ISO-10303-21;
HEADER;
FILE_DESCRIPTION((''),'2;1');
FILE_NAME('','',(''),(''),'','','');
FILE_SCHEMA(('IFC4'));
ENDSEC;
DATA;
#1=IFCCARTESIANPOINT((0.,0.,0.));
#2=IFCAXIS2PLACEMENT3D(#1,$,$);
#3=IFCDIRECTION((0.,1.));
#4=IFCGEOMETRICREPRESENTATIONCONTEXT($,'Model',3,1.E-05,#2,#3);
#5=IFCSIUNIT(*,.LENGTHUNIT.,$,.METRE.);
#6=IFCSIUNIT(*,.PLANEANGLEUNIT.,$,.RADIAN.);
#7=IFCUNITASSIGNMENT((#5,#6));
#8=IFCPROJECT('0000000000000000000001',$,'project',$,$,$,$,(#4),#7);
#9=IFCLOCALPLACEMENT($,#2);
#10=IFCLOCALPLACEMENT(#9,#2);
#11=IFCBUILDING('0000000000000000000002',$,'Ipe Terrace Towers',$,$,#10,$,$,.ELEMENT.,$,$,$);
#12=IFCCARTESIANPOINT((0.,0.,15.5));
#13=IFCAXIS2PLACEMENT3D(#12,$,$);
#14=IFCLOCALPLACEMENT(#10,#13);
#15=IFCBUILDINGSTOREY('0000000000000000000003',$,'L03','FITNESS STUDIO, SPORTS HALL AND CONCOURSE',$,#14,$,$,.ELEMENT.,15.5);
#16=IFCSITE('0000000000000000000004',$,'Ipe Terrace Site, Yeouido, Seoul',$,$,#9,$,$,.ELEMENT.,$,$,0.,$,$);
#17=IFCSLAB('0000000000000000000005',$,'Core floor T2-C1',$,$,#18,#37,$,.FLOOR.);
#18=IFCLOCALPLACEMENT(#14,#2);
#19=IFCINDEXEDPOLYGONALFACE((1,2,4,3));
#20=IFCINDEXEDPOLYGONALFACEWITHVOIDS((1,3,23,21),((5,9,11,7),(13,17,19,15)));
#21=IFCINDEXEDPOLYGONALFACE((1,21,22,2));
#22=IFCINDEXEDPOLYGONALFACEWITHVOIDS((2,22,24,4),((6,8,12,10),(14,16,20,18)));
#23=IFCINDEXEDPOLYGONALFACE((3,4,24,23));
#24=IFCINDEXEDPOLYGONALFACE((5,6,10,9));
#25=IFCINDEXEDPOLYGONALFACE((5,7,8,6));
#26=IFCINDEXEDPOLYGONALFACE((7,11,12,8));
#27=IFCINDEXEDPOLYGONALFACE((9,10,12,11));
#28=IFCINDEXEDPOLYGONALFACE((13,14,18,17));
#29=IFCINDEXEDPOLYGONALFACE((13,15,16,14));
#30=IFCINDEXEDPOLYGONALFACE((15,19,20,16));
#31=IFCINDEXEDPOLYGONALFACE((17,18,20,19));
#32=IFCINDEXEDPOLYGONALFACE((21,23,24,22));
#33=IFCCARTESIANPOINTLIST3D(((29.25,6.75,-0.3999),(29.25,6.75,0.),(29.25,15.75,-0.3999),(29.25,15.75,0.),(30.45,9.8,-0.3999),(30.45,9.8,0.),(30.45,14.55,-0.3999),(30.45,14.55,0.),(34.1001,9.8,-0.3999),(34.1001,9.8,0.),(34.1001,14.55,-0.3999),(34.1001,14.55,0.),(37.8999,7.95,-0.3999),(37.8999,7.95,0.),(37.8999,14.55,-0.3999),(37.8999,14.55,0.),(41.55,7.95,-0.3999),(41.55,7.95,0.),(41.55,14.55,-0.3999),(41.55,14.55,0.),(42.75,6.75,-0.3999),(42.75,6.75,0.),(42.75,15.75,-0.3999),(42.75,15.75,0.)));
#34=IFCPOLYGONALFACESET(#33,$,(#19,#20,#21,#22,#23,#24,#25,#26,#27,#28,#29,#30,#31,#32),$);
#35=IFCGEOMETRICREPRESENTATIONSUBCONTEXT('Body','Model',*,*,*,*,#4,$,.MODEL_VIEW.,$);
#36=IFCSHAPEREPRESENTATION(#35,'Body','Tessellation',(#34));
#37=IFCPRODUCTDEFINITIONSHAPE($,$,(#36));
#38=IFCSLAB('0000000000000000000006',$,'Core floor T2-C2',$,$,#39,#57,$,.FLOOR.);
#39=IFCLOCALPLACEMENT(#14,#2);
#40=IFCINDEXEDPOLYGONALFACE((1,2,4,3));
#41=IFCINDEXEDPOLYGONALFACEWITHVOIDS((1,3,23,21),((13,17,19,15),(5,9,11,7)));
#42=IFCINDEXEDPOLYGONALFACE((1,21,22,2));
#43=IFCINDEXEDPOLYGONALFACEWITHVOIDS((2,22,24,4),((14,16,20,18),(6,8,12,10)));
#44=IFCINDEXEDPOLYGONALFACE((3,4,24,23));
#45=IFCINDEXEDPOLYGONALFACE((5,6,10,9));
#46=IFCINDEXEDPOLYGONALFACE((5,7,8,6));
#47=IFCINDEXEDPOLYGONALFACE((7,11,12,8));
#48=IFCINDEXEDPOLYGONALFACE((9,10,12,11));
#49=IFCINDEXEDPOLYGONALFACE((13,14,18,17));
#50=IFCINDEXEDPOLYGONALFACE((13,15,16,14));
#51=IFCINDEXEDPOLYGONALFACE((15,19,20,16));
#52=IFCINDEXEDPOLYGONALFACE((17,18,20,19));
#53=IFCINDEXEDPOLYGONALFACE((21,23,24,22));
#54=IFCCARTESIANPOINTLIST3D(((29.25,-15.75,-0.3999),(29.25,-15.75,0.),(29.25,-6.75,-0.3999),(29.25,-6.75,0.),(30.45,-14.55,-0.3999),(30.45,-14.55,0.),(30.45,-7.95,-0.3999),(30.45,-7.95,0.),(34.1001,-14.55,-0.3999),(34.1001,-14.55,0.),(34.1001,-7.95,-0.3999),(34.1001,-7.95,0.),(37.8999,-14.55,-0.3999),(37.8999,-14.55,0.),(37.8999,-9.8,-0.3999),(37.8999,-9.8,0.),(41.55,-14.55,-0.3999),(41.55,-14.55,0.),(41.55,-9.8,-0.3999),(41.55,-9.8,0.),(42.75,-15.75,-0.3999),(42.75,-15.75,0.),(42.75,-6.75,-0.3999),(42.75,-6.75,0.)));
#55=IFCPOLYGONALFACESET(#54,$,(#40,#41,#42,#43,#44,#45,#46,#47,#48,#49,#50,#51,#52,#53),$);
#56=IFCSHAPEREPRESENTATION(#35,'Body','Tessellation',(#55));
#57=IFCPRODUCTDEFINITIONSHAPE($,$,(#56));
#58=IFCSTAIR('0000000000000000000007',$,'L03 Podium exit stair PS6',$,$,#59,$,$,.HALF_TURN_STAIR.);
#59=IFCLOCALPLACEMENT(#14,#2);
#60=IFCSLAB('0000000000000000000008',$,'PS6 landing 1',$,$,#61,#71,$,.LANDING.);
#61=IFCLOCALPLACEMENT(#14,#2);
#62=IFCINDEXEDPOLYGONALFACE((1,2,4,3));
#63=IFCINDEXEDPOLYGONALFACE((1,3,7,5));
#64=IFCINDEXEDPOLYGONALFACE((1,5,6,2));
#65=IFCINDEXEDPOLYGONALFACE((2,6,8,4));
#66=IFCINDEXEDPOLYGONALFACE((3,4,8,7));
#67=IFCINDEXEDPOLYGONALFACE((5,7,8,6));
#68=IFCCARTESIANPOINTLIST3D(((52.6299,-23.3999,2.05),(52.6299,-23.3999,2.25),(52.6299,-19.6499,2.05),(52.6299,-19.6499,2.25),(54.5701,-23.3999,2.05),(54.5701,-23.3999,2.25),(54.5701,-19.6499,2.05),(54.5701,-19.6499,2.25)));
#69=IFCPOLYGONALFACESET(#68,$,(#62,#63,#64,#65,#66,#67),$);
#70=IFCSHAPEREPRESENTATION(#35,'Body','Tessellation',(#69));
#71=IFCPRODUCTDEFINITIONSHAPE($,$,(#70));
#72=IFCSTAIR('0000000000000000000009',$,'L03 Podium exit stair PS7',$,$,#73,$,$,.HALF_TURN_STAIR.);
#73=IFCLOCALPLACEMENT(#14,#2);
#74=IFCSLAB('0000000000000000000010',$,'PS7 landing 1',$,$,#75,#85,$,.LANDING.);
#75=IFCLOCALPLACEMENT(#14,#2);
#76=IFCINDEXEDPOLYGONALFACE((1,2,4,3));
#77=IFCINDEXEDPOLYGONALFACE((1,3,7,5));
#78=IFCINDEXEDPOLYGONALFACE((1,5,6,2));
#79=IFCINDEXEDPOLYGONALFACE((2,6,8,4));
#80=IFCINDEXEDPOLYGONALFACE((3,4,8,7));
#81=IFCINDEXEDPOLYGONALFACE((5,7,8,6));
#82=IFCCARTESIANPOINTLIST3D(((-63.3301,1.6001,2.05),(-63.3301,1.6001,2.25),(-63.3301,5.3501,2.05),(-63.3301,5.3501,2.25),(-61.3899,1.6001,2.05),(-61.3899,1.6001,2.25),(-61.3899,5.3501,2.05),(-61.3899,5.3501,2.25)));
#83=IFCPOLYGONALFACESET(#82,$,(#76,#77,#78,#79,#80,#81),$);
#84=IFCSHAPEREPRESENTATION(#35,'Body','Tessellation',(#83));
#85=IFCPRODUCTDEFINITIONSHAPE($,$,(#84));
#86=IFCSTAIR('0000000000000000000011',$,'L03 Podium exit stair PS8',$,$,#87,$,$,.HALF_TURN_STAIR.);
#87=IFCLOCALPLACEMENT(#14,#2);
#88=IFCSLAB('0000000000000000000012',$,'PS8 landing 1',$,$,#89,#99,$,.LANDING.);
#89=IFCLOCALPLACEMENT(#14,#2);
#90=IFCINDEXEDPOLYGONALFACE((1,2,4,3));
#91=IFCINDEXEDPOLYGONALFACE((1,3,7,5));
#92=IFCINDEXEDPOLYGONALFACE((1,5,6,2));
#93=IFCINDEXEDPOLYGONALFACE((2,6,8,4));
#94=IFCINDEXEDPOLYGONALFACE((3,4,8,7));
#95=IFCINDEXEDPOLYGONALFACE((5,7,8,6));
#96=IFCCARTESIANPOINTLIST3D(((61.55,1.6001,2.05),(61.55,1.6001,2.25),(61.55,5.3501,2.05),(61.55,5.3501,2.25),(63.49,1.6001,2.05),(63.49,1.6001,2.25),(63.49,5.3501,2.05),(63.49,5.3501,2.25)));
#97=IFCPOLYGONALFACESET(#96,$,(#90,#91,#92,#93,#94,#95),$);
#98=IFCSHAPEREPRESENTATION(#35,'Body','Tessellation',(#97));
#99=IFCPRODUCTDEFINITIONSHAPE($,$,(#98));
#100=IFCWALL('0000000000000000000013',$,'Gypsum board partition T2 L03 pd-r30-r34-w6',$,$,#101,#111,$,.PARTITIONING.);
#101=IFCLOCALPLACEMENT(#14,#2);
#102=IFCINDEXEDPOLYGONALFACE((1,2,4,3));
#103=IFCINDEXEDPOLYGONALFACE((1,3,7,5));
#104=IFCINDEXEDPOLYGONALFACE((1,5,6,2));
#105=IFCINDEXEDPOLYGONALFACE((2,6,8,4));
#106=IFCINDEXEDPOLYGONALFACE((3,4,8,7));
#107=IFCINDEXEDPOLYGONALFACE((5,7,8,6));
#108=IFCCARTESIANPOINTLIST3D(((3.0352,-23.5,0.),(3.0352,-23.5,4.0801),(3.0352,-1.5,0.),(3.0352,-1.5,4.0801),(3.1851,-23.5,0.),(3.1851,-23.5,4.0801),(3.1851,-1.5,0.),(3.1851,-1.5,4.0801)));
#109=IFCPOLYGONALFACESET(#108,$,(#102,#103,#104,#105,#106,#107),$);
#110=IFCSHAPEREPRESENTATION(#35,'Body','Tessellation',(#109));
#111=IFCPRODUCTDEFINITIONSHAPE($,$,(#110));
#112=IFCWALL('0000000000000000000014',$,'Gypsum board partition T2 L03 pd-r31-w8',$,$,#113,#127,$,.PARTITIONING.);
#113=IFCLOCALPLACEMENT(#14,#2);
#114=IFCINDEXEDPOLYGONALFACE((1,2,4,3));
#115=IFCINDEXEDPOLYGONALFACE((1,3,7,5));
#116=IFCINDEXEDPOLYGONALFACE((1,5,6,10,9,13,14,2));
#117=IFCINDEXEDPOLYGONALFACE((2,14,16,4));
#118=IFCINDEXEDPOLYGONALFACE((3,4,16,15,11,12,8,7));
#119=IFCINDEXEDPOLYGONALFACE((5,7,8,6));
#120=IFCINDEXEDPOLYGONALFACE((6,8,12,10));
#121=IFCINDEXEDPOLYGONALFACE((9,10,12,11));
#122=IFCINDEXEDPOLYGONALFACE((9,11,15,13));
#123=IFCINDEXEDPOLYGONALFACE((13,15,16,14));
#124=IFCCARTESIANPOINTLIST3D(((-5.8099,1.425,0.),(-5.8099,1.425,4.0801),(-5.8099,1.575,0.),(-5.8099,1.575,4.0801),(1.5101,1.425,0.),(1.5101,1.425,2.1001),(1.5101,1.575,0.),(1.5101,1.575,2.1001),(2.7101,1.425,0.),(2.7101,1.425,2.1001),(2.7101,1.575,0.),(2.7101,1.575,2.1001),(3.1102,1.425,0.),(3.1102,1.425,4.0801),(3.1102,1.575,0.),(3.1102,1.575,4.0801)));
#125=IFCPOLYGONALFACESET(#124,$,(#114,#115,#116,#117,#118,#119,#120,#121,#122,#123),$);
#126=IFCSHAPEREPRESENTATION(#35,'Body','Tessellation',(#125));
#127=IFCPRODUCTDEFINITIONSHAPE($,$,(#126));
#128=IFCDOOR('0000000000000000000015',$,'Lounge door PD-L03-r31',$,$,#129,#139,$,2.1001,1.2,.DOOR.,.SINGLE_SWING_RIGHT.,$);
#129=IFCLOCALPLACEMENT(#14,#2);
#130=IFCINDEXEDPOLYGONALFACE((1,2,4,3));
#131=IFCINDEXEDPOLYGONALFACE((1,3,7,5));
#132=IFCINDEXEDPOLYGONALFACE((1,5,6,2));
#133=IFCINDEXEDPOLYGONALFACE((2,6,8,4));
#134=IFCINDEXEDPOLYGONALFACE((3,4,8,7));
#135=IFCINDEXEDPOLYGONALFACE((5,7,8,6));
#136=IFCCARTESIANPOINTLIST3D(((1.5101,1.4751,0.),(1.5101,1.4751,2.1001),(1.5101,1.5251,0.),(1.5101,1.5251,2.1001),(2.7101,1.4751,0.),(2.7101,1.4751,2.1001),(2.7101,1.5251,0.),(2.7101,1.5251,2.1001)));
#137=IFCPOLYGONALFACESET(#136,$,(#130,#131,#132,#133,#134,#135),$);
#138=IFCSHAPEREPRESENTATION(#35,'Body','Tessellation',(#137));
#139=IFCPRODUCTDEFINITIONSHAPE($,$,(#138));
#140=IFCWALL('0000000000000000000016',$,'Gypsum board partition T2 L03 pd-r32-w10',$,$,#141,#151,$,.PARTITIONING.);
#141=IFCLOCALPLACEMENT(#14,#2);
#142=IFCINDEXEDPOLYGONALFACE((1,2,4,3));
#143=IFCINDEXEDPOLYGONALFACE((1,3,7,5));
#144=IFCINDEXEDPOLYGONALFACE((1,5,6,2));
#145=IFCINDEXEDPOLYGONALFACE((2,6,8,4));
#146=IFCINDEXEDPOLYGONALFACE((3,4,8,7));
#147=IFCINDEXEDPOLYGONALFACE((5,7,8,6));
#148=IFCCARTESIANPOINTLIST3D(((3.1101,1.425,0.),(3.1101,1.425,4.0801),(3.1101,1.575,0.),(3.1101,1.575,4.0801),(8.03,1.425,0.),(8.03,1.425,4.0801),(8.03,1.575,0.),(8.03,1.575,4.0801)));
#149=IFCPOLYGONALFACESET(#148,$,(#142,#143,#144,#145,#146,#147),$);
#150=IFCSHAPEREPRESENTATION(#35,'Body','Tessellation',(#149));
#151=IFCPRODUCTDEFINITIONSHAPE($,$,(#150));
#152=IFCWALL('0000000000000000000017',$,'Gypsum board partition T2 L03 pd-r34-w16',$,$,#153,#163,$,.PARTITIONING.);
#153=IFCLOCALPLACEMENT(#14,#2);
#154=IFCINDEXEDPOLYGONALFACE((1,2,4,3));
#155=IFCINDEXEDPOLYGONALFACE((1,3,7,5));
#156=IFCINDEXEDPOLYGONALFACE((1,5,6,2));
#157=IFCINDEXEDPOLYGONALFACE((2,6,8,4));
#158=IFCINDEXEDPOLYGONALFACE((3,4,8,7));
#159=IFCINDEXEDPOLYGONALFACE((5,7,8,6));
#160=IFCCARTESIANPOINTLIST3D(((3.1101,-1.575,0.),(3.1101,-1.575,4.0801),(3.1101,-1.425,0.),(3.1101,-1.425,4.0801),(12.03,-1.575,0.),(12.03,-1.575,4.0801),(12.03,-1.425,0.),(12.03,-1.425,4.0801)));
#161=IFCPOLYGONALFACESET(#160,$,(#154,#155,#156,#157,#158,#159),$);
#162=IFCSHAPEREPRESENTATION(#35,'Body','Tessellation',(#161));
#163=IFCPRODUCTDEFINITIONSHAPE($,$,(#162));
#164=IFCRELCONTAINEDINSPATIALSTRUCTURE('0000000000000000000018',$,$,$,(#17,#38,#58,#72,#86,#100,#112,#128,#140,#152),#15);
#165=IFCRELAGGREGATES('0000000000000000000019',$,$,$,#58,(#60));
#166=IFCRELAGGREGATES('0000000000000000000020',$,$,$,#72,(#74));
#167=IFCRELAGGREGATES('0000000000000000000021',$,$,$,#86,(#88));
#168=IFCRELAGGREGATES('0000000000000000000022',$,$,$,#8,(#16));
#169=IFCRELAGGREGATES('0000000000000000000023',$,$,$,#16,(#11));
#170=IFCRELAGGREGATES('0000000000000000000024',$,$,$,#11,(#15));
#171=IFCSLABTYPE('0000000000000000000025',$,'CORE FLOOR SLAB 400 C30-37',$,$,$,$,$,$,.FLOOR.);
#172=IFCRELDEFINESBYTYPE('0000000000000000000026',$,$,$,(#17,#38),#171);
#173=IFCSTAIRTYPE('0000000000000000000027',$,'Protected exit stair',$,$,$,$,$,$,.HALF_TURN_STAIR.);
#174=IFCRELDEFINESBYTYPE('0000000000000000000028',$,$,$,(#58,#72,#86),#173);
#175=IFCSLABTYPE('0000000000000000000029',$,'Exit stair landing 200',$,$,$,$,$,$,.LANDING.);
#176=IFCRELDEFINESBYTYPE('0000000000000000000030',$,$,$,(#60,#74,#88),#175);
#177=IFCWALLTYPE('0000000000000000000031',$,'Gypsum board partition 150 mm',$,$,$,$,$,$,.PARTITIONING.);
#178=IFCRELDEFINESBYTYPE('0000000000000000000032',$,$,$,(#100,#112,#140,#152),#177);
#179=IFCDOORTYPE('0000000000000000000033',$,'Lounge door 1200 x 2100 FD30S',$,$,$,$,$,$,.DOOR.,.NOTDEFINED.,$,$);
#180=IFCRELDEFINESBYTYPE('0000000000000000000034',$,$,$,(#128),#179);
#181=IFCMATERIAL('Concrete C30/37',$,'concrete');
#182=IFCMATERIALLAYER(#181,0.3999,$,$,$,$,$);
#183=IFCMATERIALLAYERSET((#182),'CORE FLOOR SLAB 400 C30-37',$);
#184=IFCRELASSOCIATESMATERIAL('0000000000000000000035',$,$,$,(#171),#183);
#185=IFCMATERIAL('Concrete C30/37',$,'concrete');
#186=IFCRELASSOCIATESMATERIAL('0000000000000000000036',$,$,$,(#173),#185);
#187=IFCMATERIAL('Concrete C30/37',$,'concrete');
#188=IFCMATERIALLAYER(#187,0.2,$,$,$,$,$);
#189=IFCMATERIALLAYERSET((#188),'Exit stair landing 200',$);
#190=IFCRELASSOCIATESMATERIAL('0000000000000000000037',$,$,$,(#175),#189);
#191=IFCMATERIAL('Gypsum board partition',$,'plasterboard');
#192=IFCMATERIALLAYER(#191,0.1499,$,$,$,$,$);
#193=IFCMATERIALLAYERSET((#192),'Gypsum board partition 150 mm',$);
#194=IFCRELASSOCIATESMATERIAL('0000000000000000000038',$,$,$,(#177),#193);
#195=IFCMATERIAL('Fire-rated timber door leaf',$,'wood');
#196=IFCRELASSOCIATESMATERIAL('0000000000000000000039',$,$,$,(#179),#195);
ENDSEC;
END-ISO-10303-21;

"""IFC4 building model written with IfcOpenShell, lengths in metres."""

from ifc_helpers import new_model, si_unit, direction, frame, frame_2d, origin, place, context, subcontext, project, spatial, polyline, rectangle, outline, extrude, material, layer, layer_set, type_object, element, fill, aggregate, save


model = new_model("IFC4")

# Units and contexts
model_context = context("Model", 3, precision=1e-05, world=origin(), true_north=direction((0.0, 1.0)))
body_context = subcontext(model_context, "Body", "Model", "MODEL_VIEW")
ifc_project = project(units=[si_unit("LENGTHUNIT", "METRE"), si_unit("PLANEANGLEUNIT", "RADIAN")], contexts=[model_context])

# Site, building, storey
site_placement = place(None, origin())
site = spatial("IfcSite", under=ifc_project, at=site_placement, Name="Ipe Terrace Site, Yeouido, Seoul", CompositionType="ELEMENT", RefElevation=0.0)
building_placement = place(site_placement, origin())
building = spatial("IfcBuilding", under=site, at=building_placement, Name="Ipe Terrace Towers", CompositionType="ELEMENT")
storey_placement = place(building_placement, frame((0.0, 0.0, 15.5)))
storey = spatial("IfcBuildingStorey", under=building, at=storey_placement, Name="L03", Description="FITNESS STUDIO, SPORTS HALL AND CONCOURSE", CompositionType="ELEMENT", Elevation=15.5)

# Slabs
ifc_material_1 = material(Name="Concrete C30/37", Category="concrete")
ifc_layer_1 = layer(ifc_material_1, 0.3999)
ifc_layer_set_1 = layer_set([ifc_layer_1], Name="CORE FLOOR SLAB 400 C30-37")
slab_type_1 = type_object("IfcSlabType", Name="CORE FLOOR SLAB 400 C30-37", PredefinedType="FLOOR", material=ifc_layer_set_1)
slab_1_placement = place(storey_placement, frame((0.0, 0.0, -0.3999)))
element("IfcSlab", 1, at=slab_1_placement, inside=storey, type_object=slab_type_1, Name="Core floor T2-C1", PredefinedType="FLOOR", context=body_context, shape_type="SweptSolid", body=[
    extrude(outline(polyline([(29.25, 6.75), (29.25, 15.75), (42.75, 15.75), (42.75, 6.75), (29.25, 6.75)]), holes=[polyline([(41.55, 7.95), (41.55, 14.55), (37.8999, 14.55), (37.8999, 7.95), (41.55, 7.95)]), polyline([(30.45, 9.8), (34.1001, 9.8), (34.1001, 14.55), (30.45, 14.55), (30.45, 9.8)])]), origin(), (0.0, 0.0, 1.0), 0.3999),
])
slab_2_placement = place(storey_placement, frame((0.0, 0.0, -0.3999)))
element("IfcSlab", 2, at=slab_2_placement, inside=storey, type_object=slab_type_1, Name="Core floor T2-C2", PredefinedType="FLOOR", context=body_context, shape_type="SweptSolid", body=[
    extrude(outline(polyline([(29.25, -15.75), (29.25, -6.75), (42.75, -6.75), (42.75, -15.75), (29.25, -15.75)]), holes=[polyline([(34.1001, -14.55), (34.1001, -7.95), (30.45, -7.95), (30.45, -14.55), (34.1001, -14.55)]), polyline([(41.55, -9.8), (37.8999, -9.8), (37.8999, -14.55), (41.55, -14.55), (41.55, -9.8)])]), origin(), (0.0, 0.0, 1.0), 0.3999),
])

# Stairs, slabs
ifc_material_2 = material(Name="Concrete C30/37", Category="concrete")
stair_type = type_object("IfcStairType", Name="Protected exit stair", PredefinedType="HALF_TURN_STAIR", material=ifc_material_2)
stair_1_placement = place(storey_placement, origin())
stair_1 = element("IfcStair", 3, at=stair_1_placement, inside=storey, type_object=stair_type, Name="L03 Podium exit stair PS6", PredefinedType="HALF_TURN_STAIR")
ifc_material_3 = material(Name="Concrete C30/37", Category="concrete")
ifc_layer_2 = layer(ifc_material_3, 0.2)
ifc_layer_set_2 = layer_set([ifc_layer_2], Name="Exit stair landing 200")
slab_type_2 = type_object("IfcSlabType", Name="Exit stair landing 200", PredefinedType="LANDING", material=ifc_layer_set_2)
slab_3_placement = place(storey_placement, frame((0.0, 0.0, 2.05)))
slab_3 = element("IfcSlab", 4, at=slab_3_placement, type_object=slab_type_2, Name="PS6 landing 1", PredefinedType="LANDING", context=body_context, shape_type="SweptSolid", body=[
    extrude(outline(polyline([(52.6299, -23.3999), (54.5701, -23.3999), (54.5701, -19.6499), (52.6299, -19.6499), (52.6299, -23.3999)])), origin(), (0.0, 0.0, 1.0), 0.2),
])
aggregate(stair_1, [slab_3])
stair_2_placement = place(storey_placement, origin())
stair_2 = element("IfcStair", 5, at=stair_2_placement, inside=storey, type_object=stair_type, Name="L03 Podium exit stair PS7", PredefinedType="HALF_TURN_STAIR")
slab_4_placement = place(storey_placement, frame((0.0, 0.0, 2.05)))
slab_4 = element("IfcSlab", 6, at=slab_4_placement, type_object=slab_type_2, Name="PS7 landing 1", PredefinedType="LANDING", context=body_context, shape_type="SweptSolid", body=[
    extrude(outline(polyline([(-63.3301, 1.6001), (-61.3899, 1.6001), (-61.3899, 5.3501), (-63.3301, 5.3501), (-63.3301, 1.6001)])), origin(), (0.0, 0.0, 1.0), 0.2),
])
aggregate(stair_2, [slab_4])
stair_3_placement = place(storey_placement, origin())
stair_3 = element("IfcStair", 7, at=stair_3_placement, inside=storey, type_object=stair_type, Name="L03 Podium exit stair PS8", PredefinedType="HALF_TURN_STAIR")
slab_5_placement = place(storey_placement, frame((0.0, 0.0, 2.05)))
slab_5 = element("IfcSlab", 8, at=slab_5_placement, type_object=slab_type_2, Name="PS8 landing 1", PredefinedType="LANDING", context=body_context, shape_type="SweptSolid", body=[
    extrude(outline(polyline([(61.55, 1.6001), (63.49, 1.6001), (63.49, 5.3501), (61.55, 5.3501), (61.55, 1.6001)])), origin(), (0.0, 0.0, 1.0), 0.2),
])
aggregate(stair_3, [slab_5])

# Wall
ifc_material_4 = material(Name="Gypsum board partition", Category="plasterboard")
ifc_layer_3 = layer(ifc_material_4, 0.1499)
ifc_layer_set_3 = layer_set([ifc_layer_3], Name="Gypsum board partition 150 mm")
wall_type = type_object("IfcWallType", Name="Gypsum board partition 150 mm", PredefinedType="PARTITIONING", material=ifc_layer_set_3)
wall_1_placement = place(storey_placement, frame((3.1101, -1.5, 0.0), z_axis=(0.0, 0.0, 1.0), x_axis=(0.0, -1.0, 0.0)))
element("IfcWall", 9, at=wall_1_placement, inside=storey, type_object=wall_type, Name="Gypsum board partition T2 L03 pd-r30-r34-w6", PredefinedType="PARTITIONING", context=body_context, shape_type="SweptSolid", body=[
    extrude(rectangle(XDim=22.0, YDim=0.1499, at=frame_2d((11.0, 0.0))), origin(), (0.0, 0.0, 1.0), 4.0801),
])

# Wall, opening, door
wall_2_placement = place(storey_placement, frame((3.1101, 1.5, 0.0), z_axis=(0.0, 0.0, 1.0), x_axis=(-1.0, 0.0, 0.0)))
wall_2 = element("IfcWall", 10, at=wall_2_placement, inside=storey, type_object=wall_type, Name="Gypsum board partition T2 L03 pd-r31-w8", PredefinedType="PARTITIONING", context=body_context, shape_type="SweptSolid", body=[
    extrude(rectangle(XDim=8.9202, YDim=0.1499, at=frame_2d((4.46, 0.0))), origin(), (0.0, 0.0, 1.0), 4.0801),
])
opening_placement = place(wall_2_placement, frame((0.3999, 0.0, 0.0)))
opening = element("IfcOpeningElement", 11, at=opening_placement, cuts=wall_2, PredefinedType="OPENING", context=body_context, shape_type="SweptSolid", body=[
    extrude(rectangle(XDim=1.2, YDim=2.1001, at=frame_2d((0.6001, 1.05))), frame((0.0, 0.085, 0.0), z_axis=(0.0, -1.0, 0.0), x_axis=(1.0, 0.0, 0.0)), (0.0, 0.0, 1.0), 0.1699),
])
ifc_material_5 = material(Name="Fire-rated timber door leaf", Category="wood")
door_type = type_object("IfcDoorType", Name="Lounge door 1200 x 2100 FD30S", OperationType="NOTDEFINED", PredefinedType="DOOR", material=ifc_material_5)
door_placement = place(opening_placement, origin())
door = element("IfcDoor", 12, at=door_placement, inside=storey, type_object=door_type, Name="Lounge door PD-L03-r31", OperationType="SINGLE_SWING_RIGHT", OverallHeight=2.1001, OverallWidth=1.2, PredefinedType="DOOR", context=body_context, shape_type="SweptSolid", body=[
    extrude(rectangle(XDim=1.2, YDim=2.1001, at=frame_2d((0.6001, 1.05))), frame((0.0, 0.0249, 0.0), z_axis=(0.0, -1.0, 0.0), x_axis=(1.0, 0.0, 0.0)), (0.0, 0.0, 1.0), 0.05),
])
fill(opening, door)

# Walls
wall_3_placement = place(storey_placement, frame((8.03, 1.5, 0.0), z_axis=(0.0, 0.0, 1.0), x_axis=(-1.0, 0.0, 0.0)))
element("IfcWall", 13, at=wall_3_placement, inside=storey, type_object=wall_type, Name="Gypsum board partition T2 L03 pd-r32-w10", PredefinedType="PARTITIONING", context=body_context, shape_type="SweptSolid", body=[
    extrude(rectangle(XDim=4.9199, YDim=0.1499, at=frame_2d((2.46, 0.0))), origin(), (0.0, 0.0, 1.0), 4.0801),
])
wall_4_placement = place(storey_placement, frame((3.1101, -1.5, 0.0), z_axis=(0.0, 0.0, 1.0), x_axis=(1.0, 0.0, 0.0)))
element("IfcWall", 14, at=wall_4_placement, inside=storey, type_object=wall_type, Name="Gypsum board partition T2 L03 pd-r34-w16", PredefinedType="PARTITIONING", context=body_context, shape_type="SweptSolid", body=[
    extrude(rectangle(XDim=8.9199, YDim=0.1499, at=frame_2d((4.46, 0.0))), origin(), (0.0, 0.0, 1.0), 4.0801),
])

save(model, "model.ifc")
